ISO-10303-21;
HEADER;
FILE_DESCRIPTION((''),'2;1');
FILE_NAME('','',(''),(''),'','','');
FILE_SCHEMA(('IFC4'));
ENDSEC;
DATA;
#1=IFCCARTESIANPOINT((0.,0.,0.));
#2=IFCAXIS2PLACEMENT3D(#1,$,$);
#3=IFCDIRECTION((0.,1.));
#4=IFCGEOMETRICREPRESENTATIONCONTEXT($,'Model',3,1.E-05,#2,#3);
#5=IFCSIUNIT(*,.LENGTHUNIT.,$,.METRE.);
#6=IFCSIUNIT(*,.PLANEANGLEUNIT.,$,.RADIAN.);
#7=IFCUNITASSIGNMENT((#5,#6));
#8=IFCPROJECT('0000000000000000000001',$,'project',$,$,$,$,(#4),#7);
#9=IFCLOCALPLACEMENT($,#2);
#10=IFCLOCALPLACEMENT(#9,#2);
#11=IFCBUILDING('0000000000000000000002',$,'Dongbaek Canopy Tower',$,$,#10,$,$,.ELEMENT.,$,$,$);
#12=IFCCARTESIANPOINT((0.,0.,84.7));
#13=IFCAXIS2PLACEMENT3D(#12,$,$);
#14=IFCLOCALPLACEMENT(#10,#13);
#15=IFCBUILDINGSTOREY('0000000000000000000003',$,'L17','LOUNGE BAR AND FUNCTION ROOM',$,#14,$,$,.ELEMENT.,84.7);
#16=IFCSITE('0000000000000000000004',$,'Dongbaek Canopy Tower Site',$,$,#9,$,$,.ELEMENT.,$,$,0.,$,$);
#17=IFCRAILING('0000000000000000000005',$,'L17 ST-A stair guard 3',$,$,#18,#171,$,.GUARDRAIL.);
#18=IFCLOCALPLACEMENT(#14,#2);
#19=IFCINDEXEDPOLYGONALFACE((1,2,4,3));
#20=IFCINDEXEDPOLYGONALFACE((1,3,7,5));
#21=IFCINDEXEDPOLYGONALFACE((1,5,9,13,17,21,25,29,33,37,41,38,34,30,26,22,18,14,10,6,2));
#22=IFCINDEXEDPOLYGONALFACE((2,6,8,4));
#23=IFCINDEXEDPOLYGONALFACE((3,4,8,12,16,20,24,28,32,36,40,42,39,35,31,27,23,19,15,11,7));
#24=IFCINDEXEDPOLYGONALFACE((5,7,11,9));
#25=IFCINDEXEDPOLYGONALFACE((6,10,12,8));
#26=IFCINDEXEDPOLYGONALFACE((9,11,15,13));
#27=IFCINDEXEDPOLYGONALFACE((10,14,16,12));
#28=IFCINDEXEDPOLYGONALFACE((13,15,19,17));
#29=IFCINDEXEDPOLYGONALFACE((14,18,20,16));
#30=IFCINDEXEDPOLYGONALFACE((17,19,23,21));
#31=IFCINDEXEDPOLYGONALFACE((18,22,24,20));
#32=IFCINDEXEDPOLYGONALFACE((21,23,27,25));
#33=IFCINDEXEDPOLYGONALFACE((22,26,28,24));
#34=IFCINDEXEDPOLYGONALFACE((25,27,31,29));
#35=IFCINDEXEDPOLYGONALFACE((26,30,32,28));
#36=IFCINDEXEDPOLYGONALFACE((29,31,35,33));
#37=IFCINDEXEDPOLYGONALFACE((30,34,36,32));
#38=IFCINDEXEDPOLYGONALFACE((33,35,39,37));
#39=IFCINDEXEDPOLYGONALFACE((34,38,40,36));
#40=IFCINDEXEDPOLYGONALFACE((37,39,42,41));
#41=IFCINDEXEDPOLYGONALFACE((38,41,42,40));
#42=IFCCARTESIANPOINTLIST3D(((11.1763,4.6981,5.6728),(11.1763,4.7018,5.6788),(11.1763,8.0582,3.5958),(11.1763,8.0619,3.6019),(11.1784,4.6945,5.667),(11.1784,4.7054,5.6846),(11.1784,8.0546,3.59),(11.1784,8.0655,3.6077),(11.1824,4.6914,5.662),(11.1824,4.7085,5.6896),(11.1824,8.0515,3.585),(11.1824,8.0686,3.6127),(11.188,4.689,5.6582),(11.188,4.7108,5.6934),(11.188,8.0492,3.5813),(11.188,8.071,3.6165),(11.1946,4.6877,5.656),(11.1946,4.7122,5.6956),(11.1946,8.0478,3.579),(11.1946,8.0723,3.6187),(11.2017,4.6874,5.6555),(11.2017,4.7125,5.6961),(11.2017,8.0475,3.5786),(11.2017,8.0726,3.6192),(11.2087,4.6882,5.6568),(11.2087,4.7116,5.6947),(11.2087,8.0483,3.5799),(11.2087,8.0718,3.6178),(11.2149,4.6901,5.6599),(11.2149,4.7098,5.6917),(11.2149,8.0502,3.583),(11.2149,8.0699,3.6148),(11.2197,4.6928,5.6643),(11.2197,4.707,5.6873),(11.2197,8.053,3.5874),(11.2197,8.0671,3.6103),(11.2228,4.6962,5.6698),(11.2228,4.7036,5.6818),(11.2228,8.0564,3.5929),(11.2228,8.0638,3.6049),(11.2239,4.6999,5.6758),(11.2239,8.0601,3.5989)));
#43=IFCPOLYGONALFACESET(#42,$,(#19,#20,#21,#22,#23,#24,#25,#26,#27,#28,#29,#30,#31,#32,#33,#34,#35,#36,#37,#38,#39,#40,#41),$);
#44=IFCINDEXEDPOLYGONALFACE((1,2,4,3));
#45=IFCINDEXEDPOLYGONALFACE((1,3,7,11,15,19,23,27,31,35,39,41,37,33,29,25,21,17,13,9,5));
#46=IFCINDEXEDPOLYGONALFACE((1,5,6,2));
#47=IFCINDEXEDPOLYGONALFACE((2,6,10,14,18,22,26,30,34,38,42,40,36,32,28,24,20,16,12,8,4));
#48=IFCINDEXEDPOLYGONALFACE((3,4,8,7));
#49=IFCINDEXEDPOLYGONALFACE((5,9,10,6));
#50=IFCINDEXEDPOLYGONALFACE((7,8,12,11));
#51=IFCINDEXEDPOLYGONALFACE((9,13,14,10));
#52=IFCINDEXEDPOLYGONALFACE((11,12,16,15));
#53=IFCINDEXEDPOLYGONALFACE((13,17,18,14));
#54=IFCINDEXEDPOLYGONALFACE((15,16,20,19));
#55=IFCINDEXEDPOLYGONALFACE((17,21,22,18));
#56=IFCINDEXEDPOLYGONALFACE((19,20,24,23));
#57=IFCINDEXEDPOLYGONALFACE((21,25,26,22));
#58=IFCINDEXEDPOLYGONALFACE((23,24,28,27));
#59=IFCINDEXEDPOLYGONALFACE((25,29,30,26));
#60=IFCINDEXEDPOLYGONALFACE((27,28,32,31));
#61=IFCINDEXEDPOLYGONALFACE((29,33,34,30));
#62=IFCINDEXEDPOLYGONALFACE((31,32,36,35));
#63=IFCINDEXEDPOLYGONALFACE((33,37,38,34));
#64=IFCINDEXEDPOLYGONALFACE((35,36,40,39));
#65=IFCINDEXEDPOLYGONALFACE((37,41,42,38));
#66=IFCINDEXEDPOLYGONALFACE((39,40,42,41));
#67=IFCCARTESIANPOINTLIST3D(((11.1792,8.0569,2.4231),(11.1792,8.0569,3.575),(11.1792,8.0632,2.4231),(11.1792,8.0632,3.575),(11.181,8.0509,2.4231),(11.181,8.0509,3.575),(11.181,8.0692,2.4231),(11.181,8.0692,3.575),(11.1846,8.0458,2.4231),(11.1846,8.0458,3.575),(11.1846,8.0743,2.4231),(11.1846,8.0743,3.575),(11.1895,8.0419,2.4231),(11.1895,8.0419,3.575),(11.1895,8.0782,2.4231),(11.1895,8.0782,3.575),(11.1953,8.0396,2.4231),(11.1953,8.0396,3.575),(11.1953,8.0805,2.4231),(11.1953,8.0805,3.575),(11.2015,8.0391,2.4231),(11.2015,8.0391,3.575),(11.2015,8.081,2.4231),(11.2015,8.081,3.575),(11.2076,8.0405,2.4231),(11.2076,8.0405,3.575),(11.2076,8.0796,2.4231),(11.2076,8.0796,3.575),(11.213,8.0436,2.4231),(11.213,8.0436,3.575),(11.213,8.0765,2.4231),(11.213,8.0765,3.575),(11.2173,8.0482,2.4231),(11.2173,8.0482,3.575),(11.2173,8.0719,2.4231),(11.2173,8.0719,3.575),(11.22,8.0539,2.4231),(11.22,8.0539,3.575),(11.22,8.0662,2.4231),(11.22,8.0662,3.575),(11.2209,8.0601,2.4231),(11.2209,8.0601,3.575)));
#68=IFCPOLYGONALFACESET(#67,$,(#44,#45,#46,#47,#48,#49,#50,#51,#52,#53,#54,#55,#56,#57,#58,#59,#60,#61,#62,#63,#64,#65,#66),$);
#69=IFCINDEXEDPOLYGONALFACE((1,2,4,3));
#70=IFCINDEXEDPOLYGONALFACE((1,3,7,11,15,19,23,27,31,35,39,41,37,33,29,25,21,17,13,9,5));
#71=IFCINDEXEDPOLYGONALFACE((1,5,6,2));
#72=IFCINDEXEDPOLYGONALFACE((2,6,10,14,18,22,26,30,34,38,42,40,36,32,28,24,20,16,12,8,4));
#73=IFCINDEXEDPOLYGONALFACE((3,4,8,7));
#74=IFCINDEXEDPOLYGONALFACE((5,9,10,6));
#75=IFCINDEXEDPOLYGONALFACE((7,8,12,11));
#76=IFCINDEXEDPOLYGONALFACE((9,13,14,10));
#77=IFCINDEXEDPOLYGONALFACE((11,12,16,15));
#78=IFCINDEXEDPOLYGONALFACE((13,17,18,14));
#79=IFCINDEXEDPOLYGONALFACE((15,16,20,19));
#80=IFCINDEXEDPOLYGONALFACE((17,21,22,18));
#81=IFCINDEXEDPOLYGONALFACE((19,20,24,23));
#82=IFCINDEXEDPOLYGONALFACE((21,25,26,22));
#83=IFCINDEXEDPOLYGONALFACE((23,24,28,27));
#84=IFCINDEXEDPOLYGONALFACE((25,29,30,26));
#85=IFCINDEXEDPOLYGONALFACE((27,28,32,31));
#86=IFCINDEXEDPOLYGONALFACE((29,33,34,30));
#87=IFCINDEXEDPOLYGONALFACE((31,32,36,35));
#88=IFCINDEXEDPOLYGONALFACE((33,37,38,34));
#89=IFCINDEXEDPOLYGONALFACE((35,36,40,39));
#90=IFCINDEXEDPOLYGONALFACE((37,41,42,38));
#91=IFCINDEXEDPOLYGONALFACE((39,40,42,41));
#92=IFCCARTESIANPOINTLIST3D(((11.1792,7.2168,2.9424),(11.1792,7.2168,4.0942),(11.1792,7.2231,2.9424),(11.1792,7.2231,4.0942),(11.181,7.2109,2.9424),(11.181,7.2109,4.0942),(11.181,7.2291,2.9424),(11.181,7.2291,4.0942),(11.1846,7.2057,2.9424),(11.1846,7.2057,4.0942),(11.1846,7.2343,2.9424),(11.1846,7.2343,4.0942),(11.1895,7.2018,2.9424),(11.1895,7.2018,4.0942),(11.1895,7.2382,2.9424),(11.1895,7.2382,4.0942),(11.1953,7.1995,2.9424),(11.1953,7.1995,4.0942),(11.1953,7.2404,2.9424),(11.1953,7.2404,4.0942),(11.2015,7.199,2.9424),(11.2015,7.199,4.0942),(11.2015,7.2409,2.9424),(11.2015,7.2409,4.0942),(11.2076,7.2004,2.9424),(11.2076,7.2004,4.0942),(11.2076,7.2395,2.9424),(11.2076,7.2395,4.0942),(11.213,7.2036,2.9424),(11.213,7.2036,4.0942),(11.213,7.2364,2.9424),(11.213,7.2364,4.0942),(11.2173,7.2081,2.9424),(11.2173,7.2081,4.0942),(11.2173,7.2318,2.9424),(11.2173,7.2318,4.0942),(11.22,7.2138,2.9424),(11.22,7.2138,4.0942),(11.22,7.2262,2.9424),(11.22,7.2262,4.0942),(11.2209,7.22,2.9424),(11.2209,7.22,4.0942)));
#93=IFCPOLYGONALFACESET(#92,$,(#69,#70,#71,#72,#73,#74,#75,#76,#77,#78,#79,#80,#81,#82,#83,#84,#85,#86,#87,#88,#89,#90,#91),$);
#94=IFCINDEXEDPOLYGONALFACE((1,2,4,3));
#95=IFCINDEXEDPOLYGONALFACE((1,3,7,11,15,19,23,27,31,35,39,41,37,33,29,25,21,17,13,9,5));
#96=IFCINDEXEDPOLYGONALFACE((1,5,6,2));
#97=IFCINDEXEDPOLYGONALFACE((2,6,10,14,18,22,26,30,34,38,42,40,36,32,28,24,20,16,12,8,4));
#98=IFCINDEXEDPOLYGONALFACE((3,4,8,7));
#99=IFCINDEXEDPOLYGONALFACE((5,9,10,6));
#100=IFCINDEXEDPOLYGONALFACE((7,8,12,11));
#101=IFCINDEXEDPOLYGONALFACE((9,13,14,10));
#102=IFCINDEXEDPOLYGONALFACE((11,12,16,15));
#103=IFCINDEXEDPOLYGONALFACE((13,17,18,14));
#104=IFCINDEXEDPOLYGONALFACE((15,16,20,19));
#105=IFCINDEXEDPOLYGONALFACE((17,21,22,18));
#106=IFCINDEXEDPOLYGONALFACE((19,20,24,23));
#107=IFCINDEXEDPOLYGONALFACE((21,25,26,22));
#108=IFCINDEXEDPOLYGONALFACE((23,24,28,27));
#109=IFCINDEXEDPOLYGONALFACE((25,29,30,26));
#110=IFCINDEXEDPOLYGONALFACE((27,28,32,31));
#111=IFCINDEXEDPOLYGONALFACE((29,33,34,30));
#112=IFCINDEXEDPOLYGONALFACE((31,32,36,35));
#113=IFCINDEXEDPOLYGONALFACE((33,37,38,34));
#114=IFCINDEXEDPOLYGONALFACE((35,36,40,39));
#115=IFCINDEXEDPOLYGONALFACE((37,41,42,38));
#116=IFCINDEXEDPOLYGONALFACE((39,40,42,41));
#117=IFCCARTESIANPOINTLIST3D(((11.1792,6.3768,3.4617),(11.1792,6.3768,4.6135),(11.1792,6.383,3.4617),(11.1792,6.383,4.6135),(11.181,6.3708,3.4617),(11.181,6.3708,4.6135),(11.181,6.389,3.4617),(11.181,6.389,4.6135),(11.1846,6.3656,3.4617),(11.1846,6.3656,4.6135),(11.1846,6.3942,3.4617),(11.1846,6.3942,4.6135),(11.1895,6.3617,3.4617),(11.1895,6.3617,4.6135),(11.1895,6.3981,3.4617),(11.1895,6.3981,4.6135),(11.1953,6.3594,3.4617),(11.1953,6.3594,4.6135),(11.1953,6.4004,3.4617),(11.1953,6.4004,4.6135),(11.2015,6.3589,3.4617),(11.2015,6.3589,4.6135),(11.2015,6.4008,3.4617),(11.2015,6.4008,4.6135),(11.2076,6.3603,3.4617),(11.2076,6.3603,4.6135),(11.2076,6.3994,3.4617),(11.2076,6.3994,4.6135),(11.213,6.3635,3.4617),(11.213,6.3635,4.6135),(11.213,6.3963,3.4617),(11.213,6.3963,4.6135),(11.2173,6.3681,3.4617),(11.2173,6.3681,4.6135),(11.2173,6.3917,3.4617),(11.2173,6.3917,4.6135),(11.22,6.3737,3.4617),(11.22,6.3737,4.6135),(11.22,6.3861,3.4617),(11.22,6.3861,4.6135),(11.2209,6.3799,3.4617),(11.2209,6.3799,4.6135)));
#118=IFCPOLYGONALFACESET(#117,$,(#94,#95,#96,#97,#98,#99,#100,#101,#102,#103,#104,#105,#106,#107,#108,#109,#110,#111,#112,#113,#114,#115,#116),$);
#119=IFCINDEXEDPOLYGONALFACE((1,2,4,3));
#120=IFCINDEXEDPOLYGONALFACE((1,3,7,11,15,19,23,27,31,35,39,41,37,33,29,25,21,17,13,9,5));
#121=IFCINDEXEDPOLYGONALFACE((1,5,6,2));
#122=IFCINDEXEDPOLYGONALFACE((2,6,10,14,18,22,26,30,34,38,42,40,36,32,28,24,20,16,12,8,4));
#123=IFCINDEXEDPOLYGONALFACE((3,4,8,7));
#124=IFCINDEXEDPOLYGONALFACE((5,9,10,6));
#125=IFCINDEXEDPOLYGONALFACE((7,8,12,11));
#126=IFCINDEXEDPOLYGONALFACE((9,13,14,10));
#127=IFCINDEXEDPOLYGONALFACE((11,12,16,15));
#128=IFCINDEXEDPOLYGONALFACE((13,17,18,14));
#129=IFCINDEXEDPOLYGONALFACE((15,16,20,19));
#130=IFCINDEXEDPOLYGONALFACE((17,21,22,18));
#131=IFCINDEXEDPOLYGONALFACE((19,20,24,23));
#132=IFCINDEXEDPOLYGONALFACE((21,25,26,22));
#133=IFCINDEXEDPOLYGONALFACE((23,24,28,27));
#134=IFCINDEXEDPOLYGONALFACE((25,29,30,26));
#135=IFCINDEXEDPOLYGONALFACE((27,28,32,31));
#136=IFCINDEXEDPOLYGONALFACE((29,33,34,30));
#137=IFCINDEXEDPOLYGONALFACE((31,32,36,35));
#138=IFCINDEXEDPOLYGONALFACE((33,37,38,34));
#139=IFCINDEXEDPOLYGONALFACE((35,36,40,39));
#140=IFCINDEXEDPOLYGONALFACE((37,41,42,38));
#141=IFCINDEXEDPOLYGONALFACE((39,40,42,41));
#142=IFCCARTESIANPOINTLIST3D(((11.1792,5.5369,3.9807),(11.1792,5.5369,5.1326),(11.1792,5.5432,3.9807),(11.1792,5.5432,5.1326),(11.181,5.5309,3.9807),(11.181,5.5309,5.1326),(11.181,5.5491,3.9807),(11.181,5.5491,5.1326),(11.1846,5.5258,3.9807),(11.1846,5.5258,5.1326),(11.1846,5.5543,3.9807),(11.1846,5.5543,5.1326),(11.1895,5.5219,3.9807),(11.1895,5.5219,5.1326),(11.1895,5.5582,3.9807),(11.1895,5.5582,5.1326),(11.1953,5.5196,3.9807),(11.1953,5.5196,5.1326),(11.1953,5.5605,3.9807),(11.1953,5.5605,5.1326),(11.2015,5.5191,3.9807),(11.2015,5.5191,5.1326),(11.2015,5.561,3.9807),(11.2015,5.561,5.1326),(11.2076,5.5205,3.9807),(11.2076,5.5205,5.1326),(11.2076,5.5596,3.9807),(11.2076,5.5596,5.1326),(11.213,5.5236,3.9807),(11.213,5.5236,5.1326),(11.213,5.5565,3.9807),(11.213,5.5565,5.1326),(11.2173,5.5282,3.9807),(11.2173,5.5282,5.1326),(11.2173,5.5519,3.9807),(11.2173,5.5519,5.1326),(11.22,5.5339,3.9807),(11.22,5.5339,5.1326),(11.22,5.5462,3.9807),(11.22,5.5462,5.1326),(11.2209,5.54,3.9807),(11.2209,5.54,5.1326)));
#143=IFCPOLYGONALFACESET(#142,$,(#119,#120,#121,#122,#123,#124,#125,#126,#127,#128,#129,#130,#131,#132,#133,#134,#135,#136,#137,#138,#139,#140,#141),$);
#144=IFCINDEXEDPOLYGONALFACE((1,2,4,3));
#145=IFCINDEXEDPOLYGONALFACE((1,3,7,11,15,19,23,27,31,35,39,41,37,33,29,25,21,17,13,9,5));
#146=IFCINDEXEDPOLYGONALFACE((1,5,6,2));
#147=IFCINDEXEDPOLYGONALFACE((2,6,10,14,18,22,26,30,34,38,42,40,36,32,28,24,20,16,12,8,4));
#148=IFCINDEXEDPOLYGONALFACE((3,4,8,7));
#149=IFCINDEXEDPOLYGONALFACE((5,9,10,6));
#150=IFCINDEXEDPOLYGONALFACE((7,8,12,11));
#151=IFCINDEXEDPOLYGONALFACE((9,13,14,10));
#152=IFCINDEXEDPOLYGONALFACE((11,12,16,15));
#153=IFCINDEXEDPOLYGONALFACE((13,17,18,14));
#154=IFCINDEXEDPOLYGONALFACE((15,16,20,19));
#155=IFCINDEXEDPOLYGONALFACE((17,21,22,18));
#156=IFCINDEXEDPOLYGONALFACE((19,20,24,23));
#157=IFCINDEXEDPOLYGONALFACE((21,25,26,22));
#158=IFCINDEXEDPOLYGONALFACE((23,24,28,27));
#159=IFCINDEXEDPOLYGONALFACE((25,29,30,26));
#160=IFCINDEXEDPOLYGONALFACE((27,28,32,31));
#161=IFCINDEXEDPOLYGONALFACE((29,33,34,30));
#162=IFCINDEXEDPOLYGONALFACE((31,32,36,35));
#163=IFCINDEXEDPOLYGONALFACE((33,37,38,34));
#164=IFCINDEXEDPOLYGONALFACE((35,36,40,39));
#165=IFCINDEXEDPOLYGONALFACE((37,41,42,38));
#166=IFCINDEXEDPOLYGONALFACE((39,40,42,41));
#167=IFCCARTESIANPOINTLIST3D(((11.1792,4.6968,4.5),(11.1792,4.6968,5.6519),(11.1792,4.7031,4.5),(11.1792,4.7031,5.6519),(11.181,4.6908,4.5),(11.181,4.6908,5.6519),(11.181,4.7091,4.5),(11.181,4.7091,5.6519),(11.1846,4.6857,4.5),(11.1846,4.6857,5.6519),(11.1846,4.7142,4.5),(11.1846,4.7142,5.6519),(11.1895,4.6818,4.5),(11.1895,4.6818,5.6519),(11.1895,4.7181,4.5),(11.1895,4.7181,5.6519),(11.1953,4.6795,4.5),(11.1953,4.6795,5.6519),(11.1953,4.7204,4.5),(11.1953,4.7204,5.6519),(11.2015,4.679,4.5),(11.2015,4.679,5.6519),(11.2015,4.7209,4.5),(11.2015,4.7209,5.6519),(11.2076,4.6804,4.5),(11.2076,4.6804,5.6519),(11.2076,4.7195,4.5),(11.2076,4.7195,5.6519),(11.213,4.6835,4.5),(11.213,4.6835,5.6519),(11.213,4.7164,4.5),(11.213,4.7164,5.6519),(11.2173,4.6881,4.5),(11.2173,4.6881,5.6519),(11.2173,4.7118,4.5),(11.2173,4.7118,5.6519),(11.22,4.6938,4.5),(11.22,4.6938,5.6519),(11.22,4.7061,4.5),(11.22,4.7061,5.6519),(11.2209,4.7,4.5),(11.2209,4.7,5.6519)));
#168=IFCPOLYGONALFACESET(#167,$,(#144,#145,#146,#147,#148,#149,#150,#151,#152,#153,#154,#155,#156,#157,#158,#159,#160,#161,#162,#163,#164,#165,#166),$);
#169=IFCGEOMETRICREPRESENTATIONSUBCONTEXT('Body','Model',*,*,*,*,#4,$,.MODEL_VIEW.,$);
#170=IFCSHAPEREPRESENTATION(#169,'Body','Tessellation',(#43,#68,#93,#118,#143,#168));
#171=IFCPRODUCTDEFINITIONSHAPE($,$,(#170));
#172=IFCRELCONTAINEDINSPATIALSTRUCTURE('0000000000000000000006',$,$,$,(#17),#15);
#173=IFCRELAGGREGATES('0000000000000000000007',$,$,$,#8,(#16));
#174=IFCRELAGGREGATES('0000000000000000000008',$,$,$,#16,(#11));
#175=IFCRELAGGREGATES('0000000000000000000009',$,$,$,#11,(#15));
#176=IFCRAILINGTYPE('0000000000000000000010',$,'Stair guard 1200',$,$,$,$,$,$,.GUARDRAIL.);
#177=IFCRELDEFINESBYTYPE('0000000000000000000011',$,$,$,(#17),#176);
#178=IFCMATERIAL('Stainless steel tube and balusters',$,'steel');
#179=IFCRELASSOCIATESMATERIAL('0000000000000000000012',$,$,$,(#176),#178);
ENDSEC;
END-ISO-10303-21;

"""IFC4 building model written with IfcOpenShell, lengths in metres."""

from ifc_helpers import new_model, si_unit, direction, frame, origin, origin_2d, place, context, subcontext, project, spatial, circle, extrude, material, type_object, element, save


model = new_model("IFC4")

# Units and contexts
model_context = context("Model", 3, precision=1e-05, world=origin(), true_north=direction((0.0, 1.0)))
body_context = subcontext(model_context, "Body", "Model", "MODEL_VIEW")
ifc_project = project(units=[si_unit("LENGTHUNIT", "METRE"), si_unit("PLANEANGLEUNIT", "RADIAN")], contexts=[model_context])

# Site, building, storey
site_placement = place(None, origin())
site = spatial("IfcSite", under=ifc_project, at=site_placement, Name="Dongbaek Canopy Tower Site", CompositionType="ELEMENT", RefElevation=0.0)
building_placement = place(site_placement, origin())
building = spatial("IfcBuilding", under=site, at=building_placement, Name="Dongbaek Canopy Tower", CompositionType="ELEMENT")
storey_placement = place(building_placement, frame((0.0, 0.0, 84.7)))
storey = spatial("IfcBuildingStorey", under=building, at=storey_placement, Name="L17", Description="LOUNGE BAR AND FUNCTION ROOM", CompositionType="ELEMENT", Elevation=84.7)

# Railing
ifc_material_1 = material(Name="Stainless steel tube and balusters", Category="steel")
railing_type_1 = type_object("IfcRailingType", Name="Stair guard 1200", PredefinedType="GUARDRAIL", material=ifc_material_1)
railing_1_placement = place(storey_placement, frame((11.2, 8.0601, 2.4231)))
element("IfcRailing", 1, at=railing_1_placement, inside=storey, type_object=railing_type_1, Name="L17 ST-A stair guard 3", PredefinedType="GUARDRAIL", context=body_context, shape_type="SweptSolid", body=[
    extrude(circle(Radius=0.0239, at=origin_2d()), frame((0.0, 0.0, 1.1758), z_axis=(0.0, -0.850623, 0.525776), x_axis=(1.0, 0.0, 0.0)), (0.0, 0.0, 1.0), 3.9502),
    extrude(circle(Radius=0.021, at=origin_2d()), origin(), (0.0, 0.0, 1.0), 1.1519),
    extrude(circle(Radius=0.021, at=origin_2d()), frame((0.0, -0.8401, 0.5193)), (0.0, 0.0, 1.0), 1.1519),
    extrude(circle(Radius=0.021, at=origin_2d()), frame((0.0, -1.6802, 1.0386)), (0.0, 0.0, 1.0), 1.1519),
    extrude(circle(Radius=0.021, at=origin_2d()), frame((0.0, -2.52, 1.5576)), (0.0, 0.0, 1.0), 1.1519),
    extrude(circle(Radius=0.021, at=origin_2d()), frame((0.0, -3.3601, 2.0769)), (0.0, 0.0, 1.0), 1.1519),
])

save(model, "model.ifc")
